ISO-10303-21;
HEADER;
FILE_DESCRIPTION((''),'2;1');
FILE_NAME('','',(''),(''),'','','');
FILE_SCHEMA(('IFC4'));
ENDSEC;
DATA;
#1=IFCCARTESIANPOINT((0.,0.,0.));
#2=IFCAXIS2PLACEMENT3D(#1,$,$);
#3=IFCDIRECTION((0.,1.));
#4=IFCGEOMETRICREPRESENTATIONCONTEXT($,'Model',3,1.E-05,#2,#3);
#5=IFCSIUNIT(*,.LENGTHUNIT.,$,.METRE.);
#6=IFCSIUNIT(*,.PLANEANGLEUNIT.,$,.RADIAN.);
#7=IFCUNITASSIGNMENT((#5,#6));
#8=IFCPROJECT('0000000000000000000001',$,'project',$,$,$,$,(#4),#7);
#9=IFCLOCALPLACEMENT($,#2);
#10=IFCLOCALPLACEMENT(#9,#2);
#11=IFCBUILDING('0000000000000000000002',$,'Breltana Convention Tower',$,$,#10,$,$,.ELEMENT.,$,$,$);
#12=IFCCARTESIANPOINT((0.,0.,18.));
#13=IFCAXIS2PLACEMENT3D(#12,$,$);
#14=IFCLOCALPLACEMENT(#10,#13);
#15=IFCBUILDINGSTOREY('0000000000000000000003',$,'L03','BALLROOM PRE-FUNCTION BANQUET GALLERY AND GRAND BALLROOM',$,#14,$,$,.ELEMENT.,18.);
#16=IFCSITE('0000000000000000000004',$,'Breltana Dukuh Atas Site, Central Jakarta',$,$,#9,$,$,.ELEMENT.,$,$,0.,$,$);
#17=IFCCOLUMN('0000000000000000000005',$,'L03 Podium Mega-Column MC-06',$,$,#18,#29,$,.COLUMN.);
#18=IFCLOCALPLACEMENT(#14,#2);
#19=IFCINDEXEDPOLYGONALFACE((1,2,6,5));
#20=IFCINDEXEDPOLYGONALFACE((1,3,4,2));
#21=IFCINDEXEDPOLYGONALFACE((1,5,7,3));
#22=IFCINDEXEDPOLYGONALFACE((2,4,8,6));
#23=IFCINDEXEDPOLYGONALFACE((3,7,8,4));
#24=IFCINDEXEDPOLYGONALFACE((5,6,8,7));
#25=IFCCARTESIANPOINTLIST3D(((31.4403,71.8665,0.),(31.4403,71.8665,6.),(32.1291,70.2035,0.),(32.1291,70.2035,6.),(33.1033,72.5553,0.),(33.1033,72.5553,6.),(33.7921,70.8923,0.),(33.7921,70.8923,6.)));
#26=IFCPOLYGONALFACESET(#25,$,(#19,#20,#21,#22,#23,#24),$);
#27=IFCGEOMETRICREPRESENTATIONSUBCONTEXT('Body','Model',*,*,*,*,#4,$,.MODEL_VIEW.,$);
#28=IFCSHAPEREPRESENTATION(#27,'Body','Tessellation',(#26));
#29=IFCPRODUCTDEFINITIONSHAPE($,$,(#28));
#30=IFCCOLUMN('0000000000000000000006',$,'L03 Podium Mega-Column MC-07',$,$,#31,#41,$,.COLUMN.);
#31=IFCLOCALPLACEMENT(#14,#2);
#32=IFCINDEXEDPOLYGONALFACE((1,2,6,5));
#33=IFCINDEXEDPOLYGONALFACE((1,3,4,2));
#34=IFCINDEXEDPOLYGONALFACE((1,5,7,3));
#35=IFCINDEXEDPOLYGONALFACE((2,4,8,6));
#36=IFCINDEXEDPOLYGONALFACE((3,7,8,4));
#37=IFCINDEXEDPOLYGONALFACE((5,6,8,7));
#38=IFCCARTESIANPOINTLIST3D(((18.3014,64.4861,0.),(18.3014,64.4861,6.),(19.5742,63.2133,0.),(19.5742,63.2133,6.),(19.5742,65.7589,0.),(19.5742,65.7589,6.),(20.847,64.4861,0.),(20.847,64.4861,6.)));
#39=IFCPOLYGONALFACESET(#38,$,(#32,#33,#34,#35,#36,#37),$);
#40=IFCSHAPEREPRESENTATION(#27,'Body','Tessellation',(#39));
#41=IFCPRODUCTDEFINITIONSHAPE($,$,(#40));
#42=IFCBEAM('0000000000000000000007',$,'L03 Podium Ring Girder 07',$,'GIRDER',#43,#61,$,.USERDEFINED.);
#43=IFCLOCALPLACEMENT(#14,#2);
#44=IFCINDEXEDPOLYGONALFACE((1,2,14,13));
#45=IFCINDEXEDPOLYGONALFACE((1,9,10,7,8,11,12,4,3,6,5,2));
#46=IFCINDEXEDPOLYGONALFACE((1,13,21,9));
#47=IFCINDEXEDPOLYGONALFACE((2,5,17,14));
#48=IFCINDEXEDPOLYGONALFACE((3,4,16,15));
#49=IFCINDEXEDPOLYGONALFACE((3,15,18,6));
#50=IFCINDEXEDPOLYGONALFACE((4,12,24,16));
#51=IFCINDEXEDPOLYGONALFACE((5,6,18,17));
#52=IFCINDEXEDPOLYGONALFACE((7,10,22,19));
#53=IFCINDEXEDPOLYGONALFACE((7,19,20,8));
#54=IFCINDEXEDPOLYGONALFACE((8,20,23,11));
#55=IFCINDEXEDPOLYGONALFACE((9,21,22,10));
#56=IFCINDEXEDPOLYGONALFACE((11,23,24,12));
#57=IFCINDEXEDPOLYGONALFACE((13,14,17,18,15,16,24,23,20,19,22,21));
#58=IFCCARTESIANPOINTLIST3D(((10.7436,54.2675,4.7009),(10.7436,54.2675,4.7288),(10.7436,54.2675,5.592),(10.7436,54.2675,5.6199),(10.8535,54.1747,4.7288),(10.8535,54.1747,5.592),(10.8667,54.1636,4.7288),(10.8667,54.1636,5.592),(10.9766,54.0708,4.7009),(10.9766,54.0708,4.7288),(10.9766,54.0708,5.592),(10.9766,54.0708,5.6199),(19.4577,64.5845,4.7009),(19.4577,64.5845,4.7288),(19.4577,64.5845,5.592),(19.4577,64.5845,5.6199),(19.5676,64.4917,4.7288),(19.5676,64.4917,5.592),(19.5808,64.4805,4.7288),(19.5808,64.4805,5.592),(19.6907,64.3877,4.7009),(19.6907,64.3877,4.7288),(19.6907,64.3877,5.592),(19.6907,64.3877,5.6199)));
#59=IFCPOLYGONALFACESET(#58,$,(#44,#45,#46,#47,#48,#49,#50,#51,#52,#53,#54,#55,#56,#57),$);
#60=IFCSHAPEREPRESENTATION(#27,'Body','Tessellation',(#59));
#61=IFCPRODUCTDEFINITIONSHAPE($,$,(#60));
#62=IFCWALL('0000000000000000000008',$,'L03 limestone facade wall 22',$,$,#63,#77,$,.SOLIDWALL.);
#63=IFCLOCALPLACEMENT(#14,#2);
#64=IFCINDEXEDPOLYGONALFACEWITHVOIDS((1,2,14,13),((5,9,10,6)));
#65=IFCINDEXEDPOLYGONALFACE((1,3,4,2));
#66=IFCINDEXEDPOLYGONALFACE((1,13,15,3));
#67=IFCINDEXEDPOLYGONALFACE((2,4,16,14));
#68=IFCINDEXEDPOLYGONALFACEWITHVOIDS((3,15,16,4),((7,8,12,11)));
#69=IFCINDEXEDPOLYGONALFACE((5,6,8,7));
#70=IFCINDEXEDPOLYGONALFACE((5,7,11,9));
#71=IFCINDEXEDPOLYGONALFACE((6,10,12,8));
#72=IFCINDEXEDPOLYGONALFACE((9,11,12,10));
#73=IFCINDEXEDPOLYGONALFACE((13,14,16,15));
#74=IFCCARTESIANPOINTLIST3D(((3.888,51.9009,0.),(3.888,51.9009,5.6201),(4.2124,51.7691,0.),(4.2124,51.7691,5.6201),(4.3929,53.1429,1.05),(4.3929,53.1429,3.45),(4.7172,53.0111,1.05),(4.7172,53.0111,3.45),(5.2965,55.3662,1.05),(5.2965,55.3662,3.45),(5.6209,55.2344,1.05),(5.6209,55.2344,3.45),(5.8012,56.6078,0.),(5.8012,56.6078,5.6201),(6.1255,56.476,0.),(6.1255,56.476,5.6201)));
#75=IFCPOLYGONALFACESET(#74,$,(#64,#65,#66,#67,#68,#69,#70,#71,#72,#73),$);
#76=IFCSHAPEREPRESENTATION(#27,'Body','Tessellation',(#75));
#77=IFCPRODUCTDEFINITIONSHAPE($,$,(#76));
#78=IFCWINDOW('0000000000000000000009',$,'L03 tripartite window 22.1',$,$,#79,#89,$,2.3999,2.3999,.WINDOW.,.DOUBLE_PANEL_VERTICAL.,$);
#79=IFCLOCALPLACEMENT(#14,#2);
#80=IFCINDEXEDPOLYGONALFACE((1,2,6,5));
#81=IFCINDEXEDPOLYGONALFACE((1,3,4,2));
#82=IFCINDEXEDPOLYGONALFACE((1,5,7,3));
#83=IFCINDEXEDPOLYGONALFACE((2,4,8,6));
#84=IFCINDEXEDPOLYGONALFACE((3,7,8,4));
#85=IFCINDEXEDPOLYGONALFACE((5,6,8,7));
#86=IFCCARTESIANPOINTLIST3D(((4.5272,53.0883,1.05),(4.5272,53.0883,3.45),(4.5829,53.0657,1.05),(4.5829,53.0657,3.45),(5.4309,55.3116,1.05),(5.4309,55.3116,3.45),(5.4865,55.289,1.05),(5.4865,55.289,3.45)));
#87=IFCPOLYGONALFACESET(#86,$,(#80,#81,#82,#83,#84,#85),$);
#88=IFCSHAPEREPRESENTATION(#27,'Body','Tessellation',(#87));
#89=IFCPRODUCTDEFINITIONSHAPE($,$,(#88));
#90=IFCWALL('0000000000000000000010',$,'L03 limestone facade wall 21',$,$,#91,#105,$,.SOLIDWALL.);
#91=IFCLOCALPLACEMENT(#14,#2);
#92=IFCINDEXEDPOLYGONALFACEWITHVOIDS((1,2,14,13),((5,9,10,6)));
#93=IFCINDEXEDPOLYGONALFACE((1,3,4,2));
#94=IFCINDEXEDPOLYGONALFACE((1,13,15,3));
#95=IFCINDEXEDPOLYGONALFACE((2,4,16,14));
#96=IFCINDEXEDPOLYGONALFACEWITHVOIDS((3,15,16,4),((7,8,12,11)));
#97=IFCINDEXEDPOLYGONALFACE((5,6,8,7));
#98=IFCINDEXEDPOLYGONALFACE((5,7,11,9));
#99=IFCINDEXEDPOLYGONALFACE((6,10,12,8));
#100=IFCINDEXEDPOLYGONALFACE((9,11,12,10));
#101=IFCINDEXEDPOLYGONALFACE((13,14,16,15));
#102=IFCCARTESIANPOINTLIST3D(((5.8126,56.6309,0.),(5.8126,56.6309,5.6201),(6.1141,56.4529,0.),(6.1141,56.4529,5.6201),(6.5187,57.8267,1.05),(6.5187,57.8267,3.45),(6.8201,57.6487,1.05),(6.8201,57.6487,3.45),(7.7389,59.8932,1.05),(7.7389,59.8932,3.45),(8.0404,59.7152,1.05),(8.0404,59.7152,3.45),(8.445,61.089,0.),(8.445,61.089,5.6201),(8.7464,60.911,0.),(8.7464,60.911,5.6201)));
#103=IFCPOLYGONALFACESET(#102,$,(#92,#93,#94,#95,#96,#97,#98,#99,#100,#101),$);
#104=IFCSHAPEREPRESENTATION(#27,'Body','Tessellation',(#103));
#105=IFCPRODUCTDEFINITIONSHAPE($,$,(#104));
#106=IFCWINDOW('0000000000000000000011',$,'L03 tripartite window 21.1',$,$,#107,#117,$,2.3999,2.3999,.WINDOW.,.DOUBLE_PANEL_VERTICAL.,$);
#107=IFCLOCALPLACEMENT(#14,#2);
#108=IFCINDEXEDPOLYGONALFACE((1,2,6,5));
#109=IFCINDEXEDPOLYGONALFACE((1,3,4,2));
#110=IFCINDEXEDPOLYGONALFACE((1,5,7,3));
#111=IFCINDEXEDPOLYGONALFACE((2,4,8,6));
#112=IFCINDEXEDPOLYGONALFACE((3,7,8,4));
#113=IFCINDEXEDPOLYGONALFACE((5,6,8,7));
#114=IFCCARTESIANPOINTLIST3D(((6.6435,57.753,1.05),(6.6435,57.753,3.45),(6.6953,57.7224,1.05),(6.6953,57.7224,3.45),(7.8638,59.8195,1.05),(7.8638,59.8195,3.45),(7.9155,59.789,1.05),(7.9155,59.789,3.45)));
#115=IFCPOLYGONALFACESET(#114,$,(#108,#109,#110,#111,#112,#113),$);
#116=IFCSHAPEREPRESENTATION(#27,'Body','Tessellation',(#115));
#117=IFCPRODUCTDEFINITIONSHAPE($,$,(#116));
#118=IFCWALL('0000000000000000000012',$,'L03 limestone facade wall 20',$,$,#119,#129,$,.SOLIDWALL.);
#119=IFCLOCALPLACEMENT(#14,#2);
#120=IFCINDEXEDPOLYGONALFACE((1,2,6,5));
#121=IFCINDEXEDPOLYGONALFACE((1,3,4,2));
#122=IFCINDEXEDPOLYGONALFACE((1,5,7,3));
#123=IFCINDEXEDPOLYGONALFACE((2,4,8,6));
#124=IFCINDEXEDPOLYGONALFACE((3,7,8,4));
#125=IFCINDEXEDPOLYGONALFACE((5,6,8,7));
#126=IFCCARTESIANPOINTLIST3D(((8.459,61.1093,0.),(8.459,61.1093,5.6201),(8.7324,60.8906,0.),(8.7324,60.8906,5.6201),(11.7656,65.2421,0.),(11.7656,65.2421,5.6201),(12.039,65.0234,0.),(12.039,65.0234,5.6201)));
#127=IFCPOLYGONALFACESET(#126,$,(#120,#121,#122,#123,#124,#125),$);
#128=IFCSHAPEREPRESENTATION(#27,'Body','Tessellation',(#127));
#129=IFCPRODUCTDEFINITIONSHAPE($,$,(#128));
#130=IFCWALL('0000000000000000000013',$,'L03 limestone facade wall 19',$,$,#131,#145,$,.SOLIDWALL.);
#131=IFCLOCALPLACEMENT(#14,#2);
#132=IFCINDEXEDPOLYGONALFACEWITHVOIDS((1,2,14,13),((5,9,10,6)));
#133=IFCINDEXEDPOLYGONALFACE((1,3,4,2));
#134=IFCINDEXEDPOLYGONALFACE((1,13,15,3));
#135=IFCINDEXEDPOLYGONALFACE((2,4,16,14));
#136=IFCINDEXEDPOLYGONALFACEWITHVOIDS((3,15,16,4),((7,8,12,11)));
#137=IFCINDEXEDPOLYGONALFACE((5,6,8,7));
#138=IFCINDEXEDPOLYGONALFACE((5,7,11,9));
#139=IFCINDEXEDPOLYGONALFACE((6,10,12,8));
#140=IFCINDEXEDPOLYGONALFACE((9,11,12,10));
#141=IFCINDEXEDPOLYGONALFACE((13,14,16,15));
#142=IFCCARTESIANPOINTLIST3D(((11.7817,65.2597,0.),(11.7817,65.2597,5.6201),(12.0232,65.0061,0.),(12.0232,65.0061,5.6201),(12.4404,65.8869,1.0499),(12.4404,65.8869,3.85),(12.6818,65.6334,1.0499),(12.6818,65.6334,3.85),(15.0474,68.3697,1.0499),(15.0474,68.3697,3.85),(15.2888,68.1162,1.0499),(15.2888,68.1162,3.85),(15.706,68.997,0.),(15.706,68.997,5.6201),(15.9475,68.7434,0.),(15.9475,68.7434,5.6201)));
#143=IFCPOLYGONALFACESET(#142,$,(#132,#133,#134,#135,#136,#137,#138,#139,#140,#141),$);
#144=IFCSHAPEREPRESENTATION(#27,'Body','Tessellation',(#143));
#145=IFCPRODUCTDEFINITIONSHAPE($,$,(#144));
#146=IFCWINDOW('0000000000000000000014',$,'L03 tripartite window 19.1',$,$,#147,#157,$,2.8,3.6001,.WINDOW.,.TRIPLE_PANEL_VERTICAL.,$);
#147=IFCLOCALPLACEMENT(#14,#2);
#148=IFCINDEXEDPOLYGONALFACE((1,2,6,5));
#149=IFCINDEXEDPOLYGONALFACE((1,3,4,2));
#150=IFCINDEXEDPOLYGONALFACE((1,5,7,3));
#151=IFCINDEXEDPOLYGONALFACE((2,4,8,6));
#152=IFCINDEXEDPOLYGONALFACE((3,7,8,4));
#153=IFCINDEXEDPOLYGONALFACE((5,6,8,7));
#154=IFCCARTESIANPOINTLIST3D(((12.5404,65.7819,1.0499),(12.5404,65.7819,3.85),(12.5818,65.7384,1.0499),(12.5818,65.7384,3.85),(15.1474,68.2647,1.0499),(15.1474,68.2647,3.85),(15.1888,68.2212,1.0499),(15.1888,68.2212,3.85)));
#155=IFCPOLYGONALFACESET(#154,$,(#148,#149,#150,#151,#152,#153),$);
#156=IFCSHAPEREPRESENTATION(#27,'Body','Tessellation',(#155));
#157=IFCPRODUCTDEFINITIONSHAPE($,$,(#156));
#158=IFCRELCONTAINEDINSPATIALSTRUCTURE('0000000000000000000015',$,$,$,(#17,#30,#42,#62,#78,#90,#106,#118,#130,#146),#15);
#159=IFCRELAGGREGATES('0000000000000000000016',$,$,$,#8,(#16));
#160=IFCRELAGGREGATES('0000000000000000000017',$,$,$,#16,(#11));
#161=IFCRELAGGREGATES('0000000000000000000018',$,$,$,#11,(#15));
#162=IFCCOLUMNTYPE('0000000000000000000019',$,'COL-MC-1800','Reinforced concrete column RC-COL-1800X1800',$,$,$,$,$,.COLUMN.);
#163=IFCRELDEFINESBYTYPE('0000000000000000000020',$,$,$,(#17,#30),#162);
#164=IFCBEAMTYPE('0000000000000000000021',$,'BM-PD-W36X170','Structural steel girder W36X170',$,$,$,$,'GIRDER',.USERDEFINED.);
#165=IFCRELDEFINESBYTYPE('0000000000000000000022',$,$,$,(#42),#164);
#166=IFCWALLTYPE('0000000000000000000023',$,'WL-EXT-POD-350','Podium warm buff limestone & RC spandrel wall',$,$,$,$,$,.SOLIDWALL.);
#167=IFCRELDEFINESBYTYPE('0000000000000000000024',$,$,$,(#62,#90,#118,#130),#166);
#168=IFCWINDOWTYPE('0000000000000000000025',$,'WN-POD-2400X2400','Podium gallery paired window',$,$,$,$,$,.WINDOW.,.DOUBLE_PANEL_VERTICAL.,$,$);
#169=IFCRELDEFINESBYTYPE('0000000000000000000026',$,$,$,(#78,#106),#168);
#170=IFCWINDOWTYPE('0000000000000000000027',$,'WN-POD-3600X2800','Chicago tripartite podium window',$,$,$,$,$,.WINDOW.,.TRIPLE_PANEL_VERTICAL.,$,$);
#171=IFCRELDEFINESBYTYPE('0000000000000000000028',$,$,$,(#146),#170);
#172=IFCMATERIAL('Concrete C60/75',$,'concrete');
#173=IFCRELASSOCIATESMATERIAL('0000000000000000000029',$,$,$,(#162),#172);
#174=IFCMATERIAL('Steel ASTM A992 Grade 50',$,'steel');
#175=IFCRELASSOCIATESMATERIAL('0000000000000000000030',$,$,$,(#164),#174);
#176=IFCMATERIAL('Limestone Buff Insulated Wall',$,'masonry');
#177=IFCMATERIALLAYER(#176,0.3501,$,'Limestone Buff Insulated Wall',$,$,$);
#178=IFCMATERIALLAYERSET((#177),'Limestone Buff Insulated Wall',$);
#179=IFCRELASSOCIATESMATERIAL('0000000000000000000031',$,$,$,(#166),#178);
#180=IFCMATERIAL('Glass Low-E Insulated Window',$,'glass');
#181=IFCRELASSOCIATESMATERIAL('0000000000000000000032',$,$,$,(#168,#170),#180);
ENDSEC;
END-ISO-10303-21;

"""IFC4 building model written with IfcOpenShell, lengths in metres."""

from ifc_helpers import new_model, si_unit, direction, frame, frame_2d, origin, origin_2d, place, context, subcontext, project, spatial, rectangle, i_section, extrude, source, transform, mapped, material, layer, layer_set, material_profile, profile_set, type_object, type_shapes, element, fill, save


model = new_model("IFC4")

# Units and contexts
model_context = context("Model", 3, precision=1e-05, world=origin(), true_north=direction((0.0, 1.0)))
body_context = subcontext(model_context, "Body", "Model", "MODEL_VIEW")
ifc_project = project(units=[si_unit("LENGTHUNIT", "METRE"), si_unit("PLANEANGLEUNIT", "RADIAN")], contexts=[model_context])

# Site, building, storey
site_placement = place(None, origin())
site = spatial("IfcSite", under=ifc_project, at=site_placement, Name="Breltana Dukuh Atas Site, Central Jakarta", CompositionType="ELEMENT", RefElevation=0.0)
building_placement = place(site_placement, origin())
building = spatial("IfcBuilding", under=site, at=building_placement, Name="Breltana Convention Tower", CompositionType="ELEMENT")
storey_placement = place(building_placement, frame((0.0, 0.0, 18.0)))
storey = spatial("IfcBuildingStorey", under=building, at=storey_placement, Name="L03", Description="BALLROOM PRE-FUNCTION BANQUET GALLERY AND GRAND BALLROOM", CompositionType="ELEMENT", Elevation=18.0)

# Columns
ifc_material_1 = material(Name="Concrete C60/75", Category="concrete")
ifc_material_profile_1 = material_profile(ifc_material_1, rectangle(XDim=1.8, YDim=1.8, at=origin_2d()), Name="RC-COL-1800X1800")
ifc_profile_set_1 = profile_set([ifc_material_profile_1], Name="Concrete C60/75")
column_type = type_object("IfcColumnType", Name="COL-MC-1800", Description="Reinforced concrete column RC-COL-1800X1800", PredefinedType="COLUMN", material=ifc_profile_set_1)
shared_shape_1 = source(origin(), body_context, "Body", "SweptSolid", [
    extrude(rectangle(XDim=1.8, YDim=1.8, at=origin_2d()), origin(), (0.0, 0.0, 1.0), 6.0),
])
type_shapes(column_type, [shared_shape_1])
for number, where, z_axis, x_axis, name in (
    (1, (32.6162, 71.3794, 0.0), (0.0, 0.0, 1.0), (-0.382683, 0.92388, 0.0), "L03 Podium Mega-Column MC-06"),
    (2, (19.5742, 64.4861, 0.0), (0.0, 0.0, 1.0), (-0.707107, 0.707107, 0.0), "L03 Podium Mega-Column MC-07"),
):
    element("IfcColumn", number, at=place(storey_placement, frame(where, z_axis=z_axis, x_axis=x_axis)), inside=storey, type_object=column_type, Name=name, PredefinedType="COLUMN", context=body_context, shape_type="MappedRepresentation", body=[
        mapped(shared_shape_1, transform((0.0, 0.0, 0.0), scale=1.0)),
    ])

# Beam
ifc_material_2 = material(Name="Steel ASTM A992 Grade 50", Category="steel")
ifc_material_profile_2 = material_profile(ifc_material_2, i_section(OverallWidth=0.3049, OverallDepth=0.9189, WebThickness=0.0173, FlangeThickness=0.0278, at=origin_2d()), Name="W36X170")
ifc_profile_set_2 = profile_set([ifc_material_profile_2], Name="Steel ASTM A992 Grade 50")
beam_type = type_object("IfcBeamType", Name="BM-PD-W36X170", Description="Structural steel girder W36X170", ElementType="GIRDER", PredefinedType="USERDEFINED", material=ifc_profile_set_2)
shared_shape_2 = source(origin(), body_context, "Body", "SweptSolid", [
    extrude(i_section(OverallWidth=0.3049, OverallDepth=0.9189, WebThickness=0.0173, FlangeThickness=0.0278, at=origin_2d()), origin(), (0.0, 0.0, 1.0), 13.5046),
])
beam_placement = place(storey_placement, frame((19.5742, 64.4861, 5.1604), z_axis=(-0.64527, -0.763954, 0.0), x_axis=(0.763954, -0.64527, 0.0)))
element("IfcBeam", 3, at=beam_placement, inside=storey, type_object=beam_type, Name="L03 Podium Ring Girder 07", ObjectType="GIRDER", PredefinedType="USERDEFINED", context=body_context, shape_type="MappedRepresentation", body=[
    mapped(shared_shape_2, transform((0.0, 0.0, 0.0), scale=1.0)),
])

# Walls, openings, windows
ifc_material_3 = material(Name="Limestone Buff Insulated Wall", Category="masonry")
ifc_layer_1 = layer(ifc_material_3, 0.3501, Name="Limestone Buff Insulated Wall")
ifc_layer_set_1 = layer_set([ifc_layer_1], Name="Limestone Buff Insulated Wall")
wall_type_1 = type_object("IfcWallType", Name="WL-EXT-POD-350", Description="Podium warm buff limestone & RC spandrel wall", PredefinedType="SOLIDWALL", material=ifc_layer_set_1)
shared_shape_3 = source(origin(), body_context, "Body", "SweptSolid", [
    extrude(rectangle(XDim=5.0808, YDim=0.3501, at=frame_2d((2.5405, 0.0))), origin(), (0.0, 0.0, 1.0), 5.6201),
])
wall_1_placement = place(storey_placement, frame((5.9634, 56.542, 0.0), z_axis=(0.0, 0.0, 1.0), x_axis=(-0.376538, -0.926401, 0.0)))
wall_1 = element("IfcWall", 4, at=wall_1_placement, inside=storey, type_object=wall_type_1, Name="L03 limestone facade wall 22", PredefinedType="SOLIDWALL", context=body_context, shape_type="MappedRepresentation", body=[
    mapped(shared_shape_3, transform((0.0, 0.0, 0.0), scale=1.0)),
])
opening_1_placement = place(wall_1_placement, frame((1.3403, 0.0, 1.05)))
opening_1 = element("IfcOpeningElement", 5, at=opening_1_placement, cuts=wall_1, PredefinedType="OPENING", context=body_context, shape_type="SweptSolid", body=[
    extrude(rectangle(XDim=2.3999, YDim=2.3999, at=frame_2d((1.2, 1.2))), frame((0.0, 0.1851, 0.0), z_axis=(0.0, -1.0, 0.0), x_axis=(1.0, 0.0, 0.0)), (0.0, 0.0, 1.0), 0.3701),
])
ifc_material_4 = material(Name="Glass Low-E Insulated Window", Category="glass")
window_type_1 = type_object("IfcWindowType", Name="WN-POD-2400X2400", Description="Podium gallery paired window", PartitioningType="DOUBLE_PANEL_VERTICAL", PredefinedType="WINDOW", material=ifc_material_4)
shared_shape_4 = source(origin(), body_context, "Body", "SweptSolid", [
    extrude(rectangle(XDim=2.3999, YDim=2.3999, at=frame_2d((1.2, 1.2))), frame((0.0, 0.03, 0.0), z_axis=(0.0, -1.0, 0.0), x_axis=(1.0, 0.0, 0.0)), (0.0, 0.0, 1.0), 0.0601),
])
type_shapes(window_type_1, [shared_shape_4])
window_1_placement = place(opening_1_placement, origin())
window_1 = element("IfcWindow", 6, at=window_1_placement, inside=storey, type_object=window_type_1, Name="L03 tripartite window 22.1", OverallHeight=2.3999, OverallWidth=2.3999, PartitioningType="DOUBLE_PANEL_VERTICAL", PredefinedType="WINDOW", context=body_context, shape_type="MappedRepresentation", body=[
    mapped(shared_shape_4, transform((0.0, 0.0, 0.0), scale=1.0)),
])
fill(opening_1, window_1)
shared_shape_5 = source(origin(), body_context, "Body", "SweptSolid", [
    extrude(rectangle(XDim=5.1772, YDim=0.3501, at=frame_2d((2.5886, 0.0))), origin(), (0.0, 0.0, 1.0), 5.6201),
])
wall_2_placement = place(storey_placement, frame((8.5957, 61.0, 0.0), z_axis=(0.0, 0.0, 1.0), x_axis=(-0.50845, -0.861092, 0.0)))
wall_2 = element("IfcWall", 7, at=wall_2_placement, inside=storey, type_object=wall_type_1, Name="L03 limestone facade wall 21", PredefinedType="SOLIDWALL", context=body_context, shape_type="MappedRepresentation", body=[
    mapped(shared_shape_5, transform((0.0, 0.0, 0.0), scale=1.0)),
])
opening_2_placement = place(wall_2_placement, frame((1.3887, 0.0, 1.05)))
opening_2 = element("IfcOpeningElement", 8, at=opening_2_placement, cuts=wall_2, PredefinedType="OPENING", context=body_context, shape_type="SweptSolid", body=[
    extrude(rectangle(XDim=2.3999, YDim=2.3999, at=frame_2d((1.2, 1.2))), frame((0.0, 0.1851, 0.0), z_axis=(0.0, -1.0, 0.0), x_axis=(1.0, 0.0, 0.0)), (0.0, 0.0, 1.0), 0.3701),
])
window_2_placement = place(opening_2_placement, origin())
window_2 = element("IfcWindow", 9, at=window_2_placement, inside=storey, type_object=window_type_1, Name="L03 tripartite window 21.1", OverallHeight=2.3999, OverallWidth=2.3999, PartitioningType="DOUBLE_PANEL_VERTICAL", PredefinedType="WINDOW", context=body_context, shape_type="MappedRepresentation", body=[
    mapped(shared_shape_4, transform((0.0, 0.0, 0.0), scale=1.0)),
])
fill(opening_2, window_2)

# Wall
shared_shape_6 = source(origin(), body_context, "Body", "SweptSolid", [
    extrude(rectangle(XDim=5.2927, YDim=0.3501, at=frame_2d((2.6465, 0.0))), origin(), (0.0, 0.0, 1.0), 5.6201),
])
wall_3_placement = place(storey_placement, frame((11.9023, 65.1328, 0.0), z_axis=(0.0, 0.0, 1.0), x_axis=(-0.62474, -0.780833, 0.0)))
element("IfcWall", 10, at=wall_3_placement, inside=storey, type_object=wall_type_1, Name="L03 limestone facade wall 20", PredefinedType="SOLIDWALL", context=body_context, shape_type="MappedRepresentation", body=[
    mapped(shared_shape_6, transform((0.0, 0.0, 0.0), scale=1.0)),
])

# Wall, opening, window
shared_shape_7 = source(origin(), body_context, "Body", "SweptSolid", [
    extrude(rectangle(XDim=5.4192, YDim=0.3501, at=frame_2d((2.7095, 0.0))), origin(), (0.0, 0.0, 1.0), 5.6201),
])
wall_4_placement = place(storey_placement, frame((15.8267, 68.8701, 0.0), z_axis=(0.0, 0.0, 1.0), x_axis=(-0.724151, -0.689642, 0.0)))
wall_4 = element("IfcWall", 11, at=wall_4_placement, inside=storey, type_object=wall_type_1, Name="L03 limestone facade wall 19", PredefinedType="SOLIDWALL", context=body_context, shape_type="MappedRepresentation", body=[
    mapped(shared_shape_7, transform((0.0, 0.0, 0.0), scale=1.0)),
])
opening_3_placement = place(wall_4_placement, frame((0.9094, 0.0, 1.05)))
opening_3 = element("IfcOpeningElement", 12, at=opening_3_placement, cuts=wall_4, PredefinedType="OPENING", context=body_context, shape_type="SweptSolid", body=[
    extrude(rectangle(XDim=3.6001, YDim=2.8, at=frame_2d((1.8, 1.3999))), frame((0.0, 0.1851, 0.0), z_axis=(0.0, -1.0, 0.0), x_axis=(1.0, 0.0, 0.0)), (0.0, 0.0, 1.0), 0.3701),
])
window_type_2 = type_object("IfcWindowType", Name="WN-POD-3600X2800", Description="Chicago tripartite podium window", PartitioningType="TRIPLE_PANEL_VERTICAL", PredefinedType="WINDOW", material=ifc_material_4)
shared_shape_8 = source(origin(), body_context, "Body", "SweptSolid", [
    extrude(rectangle(XDim=3.6001, YDim=2.8, at=frame_2d((1.8, 1.3999))), frame((0.0, 0.03, 0.0), z_axis=(0.0, -1.0, 0.0), x_axis=(1.0, 0.0, 0.0)), (0.0, 0.0, 1.0), 0.0601),
])
type_shapes(window_type_2, [shared_shape_8])
window_3_placement = place(opening_3_placement, origin())
window_3 = element("IfcWindow", 13, at=window_3_placement, inside=storey, type_object=window_type_2, Name="L03 tripartite window 19.1", OverallHeight=2.8, OverallWidth=3.6001, PartitioningType="TRIPLE_PANEL_VERTICAL", PredefinedType="WINDOW", context=body_context, shape_type="MappedRepresentation", body=[
    mapped(shared_shape_8, transform((0.0, 0.0, 0.0), scale=1.0)),
])
fill(opening_3, window_3)

save(model, "model.ifc")
